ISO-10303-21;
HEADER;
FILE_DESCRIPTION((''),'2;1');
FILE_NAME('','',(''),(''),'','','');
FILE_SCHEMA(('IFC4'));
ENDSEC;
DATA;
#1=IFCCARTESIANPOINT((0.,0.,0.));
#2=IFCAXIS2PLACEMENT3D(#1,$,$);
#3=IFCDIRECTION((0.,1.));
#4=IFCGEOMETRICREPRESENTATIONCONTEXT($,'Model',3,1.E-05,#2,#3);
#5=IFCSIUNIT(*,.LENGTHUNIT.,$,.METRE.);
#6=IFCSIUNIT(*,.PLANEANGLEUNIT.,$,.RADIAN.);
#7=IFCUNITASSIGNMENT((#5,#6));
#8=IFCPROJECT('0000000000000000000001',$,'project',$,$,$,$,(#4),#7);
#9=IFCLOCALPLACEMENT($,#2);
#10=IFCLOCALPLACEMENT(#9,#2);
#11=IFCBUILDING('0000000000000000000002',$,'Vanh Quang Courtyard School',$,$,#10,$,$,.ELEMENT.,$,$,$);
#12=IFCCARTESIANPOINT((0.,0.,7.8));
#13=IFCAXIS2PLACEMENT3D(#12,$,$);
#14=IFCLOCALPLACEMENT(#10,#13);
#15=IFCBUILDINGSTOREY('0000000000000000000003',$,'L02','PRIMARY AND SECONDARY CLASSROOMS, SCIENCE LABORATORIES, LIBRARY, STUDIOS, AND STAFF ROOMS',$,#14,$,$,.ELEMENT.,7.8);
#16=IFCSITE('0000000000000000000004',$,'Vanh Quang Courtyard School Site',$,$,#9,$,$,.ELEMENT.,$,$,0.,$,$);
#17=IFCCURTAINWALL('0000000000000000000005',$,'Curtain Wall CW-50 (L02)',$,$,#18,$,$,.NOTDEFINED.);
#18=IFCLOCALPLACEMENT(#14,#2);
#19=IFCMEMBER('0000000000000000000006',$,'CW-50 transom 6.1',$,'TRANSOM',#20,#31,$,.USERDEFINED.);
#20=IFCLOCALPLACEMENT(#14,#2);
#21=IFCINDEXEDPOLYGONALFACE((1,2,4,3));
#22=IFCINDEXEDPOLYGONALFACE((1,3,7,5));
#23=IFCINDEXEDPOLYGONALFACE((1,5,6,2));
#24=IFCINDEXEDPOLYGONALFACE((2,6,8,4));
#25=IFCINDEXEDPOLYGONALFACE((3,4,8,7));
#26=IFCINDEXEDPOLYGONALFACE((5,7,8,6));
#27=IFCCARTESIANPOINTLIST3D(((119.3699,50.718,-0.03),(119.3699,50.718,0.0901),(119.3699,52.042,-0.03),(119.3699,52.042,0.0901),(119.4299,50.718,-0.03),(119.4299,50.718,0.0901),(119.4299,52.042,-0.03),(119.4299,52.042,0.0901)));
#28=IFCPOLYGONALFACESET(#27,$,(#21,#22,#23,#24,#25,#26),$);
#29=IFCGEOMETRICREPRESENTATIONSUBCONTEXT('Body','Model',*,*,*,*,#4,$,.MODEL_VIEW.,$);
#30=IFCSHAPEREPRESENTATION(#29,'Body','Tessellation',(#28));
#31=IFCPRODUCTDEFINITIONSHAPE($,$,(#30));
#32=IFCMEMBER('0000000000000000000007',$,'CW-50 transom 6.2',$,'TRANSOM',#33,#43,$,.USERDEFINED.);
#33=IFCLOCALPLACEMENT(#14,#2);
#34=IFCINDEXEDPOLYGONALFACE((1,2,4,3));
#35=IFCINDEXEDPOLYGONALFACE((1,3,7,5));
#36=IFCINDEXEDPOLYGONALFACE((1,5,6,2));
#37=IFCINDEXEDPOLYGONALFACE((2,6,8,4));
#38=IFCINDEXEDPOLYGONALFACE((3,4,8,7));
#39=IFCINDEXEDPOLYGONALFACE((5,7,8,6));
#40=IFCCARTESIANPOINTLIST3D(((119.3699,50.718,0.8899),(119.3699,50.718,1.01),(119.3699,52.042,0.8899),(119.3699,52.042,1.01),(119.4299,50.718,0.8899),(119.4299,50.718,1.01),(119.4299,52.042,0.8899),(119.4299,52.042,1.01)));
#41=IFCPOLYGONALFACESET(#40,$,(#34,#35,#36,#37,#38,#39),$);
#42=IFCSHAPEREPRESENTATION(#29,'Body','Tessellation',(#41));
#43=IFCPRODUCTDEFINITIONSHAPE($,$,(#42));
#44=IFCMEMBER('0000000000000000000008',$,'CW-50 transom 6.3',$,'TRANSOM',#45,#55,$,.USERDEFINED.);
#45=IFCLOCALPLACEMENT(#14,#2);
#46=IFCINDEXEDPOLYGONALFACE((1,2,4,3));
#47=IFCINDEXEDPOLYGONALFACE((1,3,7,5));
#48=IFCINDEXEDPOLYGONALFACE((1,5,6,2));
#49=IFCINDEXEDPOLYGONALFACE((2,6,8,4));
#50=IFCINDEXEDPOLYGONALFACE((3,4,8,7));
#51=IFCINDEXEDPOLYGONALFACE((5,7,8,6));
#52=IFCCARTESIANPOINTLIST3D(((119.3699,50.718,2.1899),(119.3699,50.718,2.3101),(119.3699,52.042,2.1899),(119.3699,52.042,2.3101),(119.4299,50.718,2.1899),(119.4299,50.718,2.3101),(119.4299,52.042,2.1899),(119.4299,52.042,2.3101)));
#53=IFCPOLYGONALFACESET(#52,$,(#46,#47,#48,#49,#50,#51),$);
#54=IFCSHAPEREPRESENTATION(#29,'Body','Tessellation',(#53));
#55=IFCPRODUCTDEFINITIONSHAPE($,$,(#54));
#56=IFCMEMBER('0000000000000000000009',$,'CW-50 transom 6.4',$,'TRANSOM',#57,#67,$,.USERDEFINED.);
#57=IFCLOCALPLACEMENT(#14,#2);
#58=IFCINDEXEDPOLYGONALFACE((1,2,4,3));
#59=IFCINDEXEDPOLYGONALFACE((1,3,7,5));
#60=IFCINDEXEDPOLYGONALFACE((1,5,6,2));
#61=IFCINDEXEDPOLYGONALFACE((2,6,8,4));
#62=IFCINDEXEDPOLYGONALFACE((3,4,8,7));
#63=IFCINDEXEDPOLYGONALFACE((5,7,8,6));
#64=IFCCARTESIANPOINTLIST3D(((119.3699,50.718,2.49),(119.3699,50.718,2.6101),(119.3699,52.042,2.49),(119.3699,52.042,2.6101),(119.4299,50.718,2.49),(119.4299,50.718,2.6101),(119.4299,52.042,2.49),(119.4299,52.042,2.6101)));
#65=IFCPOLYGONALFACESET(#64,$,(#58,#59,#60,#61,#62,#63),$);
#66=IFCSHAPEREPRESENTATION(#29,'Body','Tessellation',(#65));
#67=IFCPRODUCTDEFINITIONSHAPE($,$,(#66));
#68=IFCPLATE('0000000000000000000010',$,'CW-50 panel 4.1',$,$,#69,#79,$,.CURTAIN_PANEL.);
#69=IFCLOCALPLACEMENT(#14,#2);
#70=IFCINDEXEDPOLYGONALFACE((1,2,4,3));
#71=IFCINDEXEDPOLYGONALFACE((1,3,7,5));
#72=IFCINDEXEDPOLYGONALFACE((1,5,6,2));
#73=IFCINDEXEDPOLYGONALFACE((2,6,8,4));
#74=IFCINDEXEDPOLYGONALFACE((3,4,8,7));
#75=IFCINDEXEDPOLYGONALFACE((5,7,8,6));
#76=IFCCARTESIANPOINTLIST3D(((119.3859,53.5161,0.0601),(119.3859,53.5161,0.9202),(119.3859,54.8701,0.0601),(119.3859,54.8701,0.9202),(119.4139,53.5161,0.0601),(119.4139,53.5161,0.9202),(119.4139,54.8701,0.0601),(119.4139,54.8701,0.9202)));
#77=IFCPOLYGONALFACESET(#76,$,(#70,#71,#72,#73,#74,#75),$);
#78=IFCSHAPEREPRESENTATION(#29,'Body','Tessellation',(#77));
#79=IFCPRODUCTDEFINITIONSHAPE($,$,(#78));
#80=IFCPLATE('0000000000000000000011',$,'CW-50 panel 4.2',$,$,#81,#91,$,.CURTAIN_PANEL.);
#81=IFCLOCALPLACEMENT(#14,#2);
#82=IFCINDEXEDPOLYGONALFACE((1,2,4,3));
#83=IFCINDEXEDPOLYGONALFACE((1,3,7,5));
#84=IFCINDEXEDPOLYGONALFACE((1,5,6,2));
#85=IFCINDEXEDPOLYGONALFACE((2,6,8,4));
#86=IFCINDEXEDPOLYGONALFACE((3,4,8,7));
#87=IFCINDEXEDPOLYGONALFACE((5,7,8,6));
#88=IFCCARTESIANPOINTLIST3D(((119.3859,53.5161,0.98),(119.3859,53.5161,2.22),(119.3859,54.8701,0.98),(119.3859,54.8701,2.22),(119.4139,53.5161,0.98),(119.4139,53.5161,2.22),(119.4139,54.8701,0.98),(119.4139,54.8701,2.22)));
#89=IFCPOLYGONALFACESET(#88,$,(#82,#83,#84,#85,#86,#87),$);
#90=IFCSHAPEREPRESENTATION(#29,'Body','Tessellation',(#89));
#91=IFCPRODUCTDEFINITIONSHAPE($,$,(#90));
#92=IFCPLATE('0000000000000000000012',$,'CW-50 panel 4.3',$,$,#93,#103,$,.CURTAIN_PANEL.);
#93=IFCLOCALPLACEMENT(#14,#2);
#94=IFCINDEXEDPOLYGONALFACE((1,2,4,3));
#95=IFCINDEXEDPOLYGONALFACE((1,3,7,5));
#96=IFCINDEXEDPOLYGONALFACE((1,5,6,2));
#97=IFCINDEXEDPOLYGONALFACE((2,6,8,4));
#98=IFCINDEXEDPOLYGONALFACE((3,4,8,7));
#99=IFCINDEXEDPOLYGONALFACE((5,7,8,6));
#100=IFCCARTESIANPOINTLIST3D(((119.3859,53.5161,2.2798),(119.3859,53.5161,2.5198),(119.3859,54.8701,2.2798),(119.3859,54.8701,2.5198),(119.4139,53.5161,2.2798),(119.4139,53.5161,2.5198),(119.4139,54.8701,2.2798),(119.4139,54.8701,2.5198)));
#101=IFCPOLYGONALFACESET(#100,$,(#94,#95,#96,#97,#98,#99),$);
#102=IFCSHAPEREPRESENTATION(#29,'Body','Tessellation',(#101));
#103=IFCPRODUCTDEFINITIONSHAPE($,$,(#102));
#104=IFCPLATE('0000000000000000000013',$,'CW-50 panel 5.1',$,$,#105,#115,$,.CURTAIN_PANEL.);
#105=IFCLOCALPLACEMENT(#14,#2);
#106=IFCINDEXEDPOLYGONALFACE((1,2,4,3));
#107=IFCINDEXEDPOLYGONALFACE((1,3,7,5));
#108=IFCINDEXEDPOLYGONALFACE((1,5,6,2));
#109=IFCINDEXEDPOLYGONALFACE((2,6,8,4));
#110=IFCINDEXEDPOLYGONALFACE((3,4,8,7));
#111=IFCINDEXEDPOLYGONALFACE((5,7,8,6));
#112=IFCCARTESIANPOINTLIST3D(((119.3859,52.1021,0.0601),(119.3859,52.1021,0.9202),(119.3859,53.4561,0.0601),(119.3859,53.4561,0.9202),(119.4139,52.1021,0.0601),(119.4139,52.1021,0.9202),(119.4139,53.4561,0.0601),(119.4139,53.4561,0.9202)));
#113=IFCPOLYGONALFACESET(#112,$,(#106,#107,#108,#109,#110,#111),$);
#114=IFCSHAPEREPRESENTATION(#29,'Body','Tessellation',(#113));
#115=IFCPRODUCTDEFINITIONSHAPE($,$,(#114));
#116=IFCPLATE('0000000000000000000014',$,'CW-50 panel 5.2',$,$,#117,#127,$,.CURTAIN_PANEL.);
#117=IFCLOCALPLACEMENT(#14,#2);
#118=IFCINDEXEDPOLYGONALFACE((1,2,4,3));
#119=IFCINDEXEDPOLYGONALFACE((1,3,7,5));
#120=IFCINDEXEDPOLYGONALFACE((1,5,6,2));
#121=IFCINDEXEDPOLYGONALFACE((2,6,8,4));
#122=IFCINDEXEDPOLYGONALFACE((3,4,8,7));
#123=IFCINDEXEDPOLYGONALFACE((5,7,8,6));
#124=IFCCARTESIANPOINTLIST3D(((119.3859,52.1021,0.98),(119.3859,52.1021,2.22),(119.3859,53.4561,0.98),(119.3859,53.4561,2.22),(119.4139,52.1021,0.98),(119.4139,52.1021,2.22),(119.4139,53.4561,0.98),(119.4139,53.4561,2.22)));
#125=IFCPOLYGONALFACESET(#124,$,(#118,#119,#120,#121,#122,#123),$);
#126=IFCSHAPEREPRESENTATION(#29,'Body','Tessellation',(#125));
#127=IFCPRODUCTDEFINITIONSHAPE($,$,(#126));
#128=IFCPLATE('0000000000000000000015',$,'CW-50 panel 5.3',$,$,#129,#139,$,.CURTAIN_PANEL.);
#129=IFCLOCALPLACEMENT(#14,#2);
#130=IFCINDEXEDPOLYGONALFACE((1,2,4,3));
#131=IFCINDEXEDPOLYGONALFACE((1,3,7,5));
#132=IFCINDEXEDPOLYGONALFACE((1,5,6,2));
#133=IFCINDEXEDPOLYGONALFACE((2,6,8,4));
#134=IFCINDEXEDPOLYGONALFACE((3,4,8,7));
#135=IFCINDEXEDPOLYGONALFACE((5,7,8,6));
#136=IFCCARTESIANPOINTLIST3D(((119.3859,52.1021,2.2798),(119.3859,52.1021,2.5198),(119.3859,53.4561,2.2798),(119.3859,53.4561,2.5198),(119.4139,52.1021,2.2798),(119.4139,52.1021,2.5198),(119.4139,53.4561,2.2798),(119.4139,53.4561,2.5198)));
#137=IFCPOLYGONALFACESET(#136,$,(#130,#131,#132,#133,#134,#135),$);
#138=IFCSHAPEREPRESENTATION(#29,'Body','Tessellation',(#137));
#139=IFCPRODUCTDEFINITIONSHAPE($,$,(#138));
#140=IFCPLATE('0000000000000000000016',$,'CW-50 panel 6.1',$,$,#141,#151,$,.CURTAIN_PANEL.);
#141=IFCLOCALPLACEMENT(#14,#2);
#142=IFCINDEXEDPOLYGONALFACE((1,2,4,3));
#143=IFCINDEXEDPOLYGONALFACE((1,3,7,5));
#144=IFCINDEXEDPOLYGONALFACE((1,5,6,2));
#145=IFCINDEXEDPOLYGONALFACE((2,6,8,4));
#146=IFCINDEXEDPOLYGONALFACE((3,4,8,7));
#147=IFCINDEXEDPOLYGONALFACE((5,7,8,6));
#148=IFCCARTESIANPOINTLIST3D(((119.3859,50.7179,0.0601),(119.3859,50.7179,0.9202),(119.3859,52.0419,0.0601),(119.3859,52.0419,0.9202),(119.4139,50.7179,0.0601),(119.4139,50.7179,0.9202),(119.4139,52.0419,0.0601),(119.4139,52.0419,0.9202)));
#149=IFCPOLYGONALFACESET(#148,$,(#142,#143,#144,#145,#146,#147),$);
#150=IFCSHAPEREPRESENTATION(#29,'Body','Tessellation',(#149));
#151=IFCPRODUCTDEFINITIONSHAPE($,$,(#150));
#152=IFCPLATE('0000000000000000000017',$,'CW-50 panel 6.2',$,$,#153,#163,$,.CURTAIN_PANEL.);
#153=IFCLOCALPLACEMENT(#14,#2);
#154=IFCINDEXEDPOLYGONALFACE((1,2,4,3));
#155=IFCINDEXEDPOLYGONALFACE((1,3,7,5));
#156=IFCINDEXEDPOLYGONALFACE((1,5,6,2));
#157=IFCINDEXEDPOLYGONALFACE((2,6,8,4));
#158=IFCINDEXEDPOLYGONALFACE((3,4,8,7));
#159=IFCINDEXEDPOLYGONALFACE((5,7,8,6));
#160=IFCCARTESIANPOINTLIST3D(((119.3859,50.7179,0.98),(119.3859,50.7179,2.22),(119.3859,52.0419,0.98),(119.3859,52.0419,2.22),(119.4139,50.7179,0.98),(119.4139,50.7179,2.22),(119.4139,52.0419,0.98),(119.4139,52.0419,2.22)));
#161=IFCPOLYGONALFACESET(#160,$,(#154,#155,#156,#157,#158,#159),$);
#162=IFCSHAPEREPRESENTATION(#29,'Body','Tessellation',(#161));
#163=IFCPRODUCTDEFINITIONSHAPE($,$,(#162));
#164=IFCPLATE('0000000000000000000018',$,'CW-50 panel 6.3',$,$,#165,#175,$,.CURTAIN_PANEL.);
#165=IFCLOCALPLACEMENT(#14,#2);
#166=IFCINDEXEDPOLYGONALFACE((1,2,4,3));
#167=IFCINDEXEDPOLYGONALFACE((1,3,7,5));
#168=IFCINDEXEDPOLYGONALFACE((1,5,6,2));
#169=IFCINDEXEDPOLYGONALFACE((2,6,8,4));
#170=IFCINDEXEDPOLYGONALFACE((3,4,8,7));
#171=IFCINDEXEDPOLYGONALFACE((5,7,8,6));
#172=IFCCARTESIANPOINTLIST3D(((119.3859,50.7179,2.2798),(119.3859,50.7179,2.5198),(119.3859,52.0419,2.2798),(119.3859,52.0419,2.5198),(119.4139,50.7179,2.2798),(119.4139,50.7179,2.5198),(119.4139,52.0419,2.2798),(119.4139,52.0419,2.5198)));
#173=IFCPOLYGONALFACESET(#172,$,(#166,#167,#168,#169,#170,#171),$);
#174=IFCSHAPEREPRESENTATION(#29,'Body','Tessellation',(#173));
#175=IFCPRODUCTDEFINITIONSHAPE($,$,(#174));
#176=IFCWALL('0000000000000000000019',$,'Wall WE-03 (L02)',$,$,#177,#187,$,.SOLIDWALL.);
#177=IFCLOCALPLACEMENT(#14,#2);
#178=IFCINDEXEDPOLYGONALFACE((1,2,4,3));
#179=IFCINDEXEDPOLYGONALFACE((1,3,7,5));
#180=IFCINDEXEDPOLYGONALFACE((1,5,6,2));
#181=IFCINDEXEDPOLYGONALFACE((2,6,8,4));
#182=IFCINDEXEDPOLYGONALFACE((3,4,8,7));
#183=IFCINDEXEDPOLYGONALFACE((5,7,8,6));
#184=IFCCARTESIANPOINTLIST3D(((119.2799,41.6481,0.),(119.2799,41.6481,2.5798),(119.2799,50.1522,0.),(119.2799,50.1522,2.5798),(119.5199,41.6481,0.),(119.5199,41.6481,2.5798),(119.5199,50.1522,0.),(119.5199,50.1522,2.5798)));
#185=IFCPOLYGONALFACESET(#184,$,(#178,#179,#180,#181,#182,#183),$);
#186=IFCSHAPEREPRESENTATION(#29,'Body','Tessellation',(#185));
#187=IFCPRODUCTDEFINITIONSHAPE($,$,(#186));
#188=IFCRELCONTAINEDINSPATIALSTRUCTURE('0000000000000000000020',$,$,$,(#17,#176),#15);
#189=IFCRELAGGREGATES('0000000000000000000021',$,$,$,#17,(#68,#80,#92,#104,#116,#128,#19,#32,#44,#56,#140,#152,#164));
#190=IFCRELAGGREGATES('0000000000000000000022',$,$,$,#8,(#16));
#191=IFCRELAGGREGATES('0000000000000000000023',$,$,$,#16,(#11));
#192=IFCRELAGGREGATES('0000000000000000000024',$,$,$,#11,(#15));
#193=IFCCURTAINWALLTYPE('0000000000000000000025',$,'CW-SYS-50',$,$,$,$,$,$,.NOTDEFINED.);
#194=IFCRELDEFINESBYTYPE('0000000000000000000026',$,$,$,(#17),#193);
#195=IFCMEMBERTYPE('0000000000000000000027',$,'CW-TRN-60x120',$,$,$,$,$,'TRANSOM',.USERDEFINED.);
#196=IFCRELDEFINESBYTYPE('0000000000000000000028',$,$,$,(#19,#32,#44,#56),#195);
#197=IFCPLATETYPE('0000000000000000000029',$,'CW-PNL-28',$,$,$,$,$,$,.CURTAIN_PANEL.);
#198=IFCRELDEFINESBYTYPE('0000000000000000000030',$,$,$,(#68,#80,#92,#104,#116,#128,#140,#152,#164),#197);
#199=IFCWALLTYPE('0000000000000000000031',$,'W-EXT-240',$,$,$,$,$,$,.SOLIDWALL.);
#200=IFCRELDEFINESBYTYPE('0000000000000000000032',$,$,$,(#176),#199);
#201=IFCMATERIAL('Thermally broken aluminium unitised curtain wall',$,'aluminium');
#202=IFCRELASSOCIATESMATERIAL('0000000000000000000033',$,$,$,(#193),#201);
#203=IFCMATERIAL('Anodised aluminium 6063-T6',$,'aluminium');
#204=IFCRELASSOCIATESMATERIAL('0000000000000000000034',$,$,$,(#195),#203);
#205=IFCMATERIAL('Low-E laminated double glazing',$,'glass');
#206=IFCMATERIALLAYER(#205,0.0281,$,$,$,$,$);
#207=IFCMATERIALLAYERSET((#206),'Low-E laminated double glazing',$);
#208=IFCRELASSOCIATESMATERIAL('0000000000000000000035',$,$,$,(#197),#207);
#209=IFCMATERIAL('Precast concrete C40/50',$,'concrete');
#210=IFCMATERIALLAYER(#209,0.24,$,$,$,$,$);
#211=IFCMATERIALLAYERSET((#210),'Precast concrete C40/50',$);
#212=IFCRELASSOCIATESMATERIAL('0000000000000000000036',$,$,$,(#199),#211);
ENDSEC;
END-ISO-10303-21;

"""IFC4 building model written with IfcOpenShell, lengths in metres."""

from ifc_helpers import new_model, si_unit, direction, frame, frame_2d, origin, origin_2d, place, context, subcontext, project, spatial, rectangle, extrude, material, layer, layer_set, material_profile, profile_set, type_object, element, aggregate, save


model = new_model("IFC4")

# Units and contexts
model_context = context("Model", 3, precision=1e-05, world=origin(), true_north=direction((0.0, 1.0)))
body_context = subcontext(model_context, "Body", "Model", "MODEL_VIEW")
ifc_project = project(units=[si_unit("LENGTHUNIT", "METRE"), si_unit("PLANEANGLEUNIT", "RADIAN")], contexts=[model_context])

# Site, building, storey
site_placement = place(None, origin())
site = spatial("IfcSite", under=ifc_project, at=site_placement, Name="Vanh Quang Courtyard School Site", CompositionType="ELEMENT", RefElevation=0.0)
building_placement = place(site_placement, origin())
building = spatial("IfcBuilding", under=site, at=building_placement, Name="Vanh Quang Courtyard School", CompositionType="ELEMENT")
storey_placement = place(building_placement, frame((0.0, 0.0, 7.8)))
storey = spatial("IfcBuildingStorey", under=building, at=storey_placement, Name="L02", Description="PRIMARY AND SECONDARY CLASSROOMS, SCIENCE LABORATORIES, LIBRARY, STUDIOS, AND STAFF ROOMS", CompositionType="ELEMENT", Elevation=7.8)

# Curtain wall, members, plates
ifc_material_1 = material(Name="Thermally broken aluminium unitised curtain wall", Category="aluminium")
curtain_wall_type = type_object("IfcCurtainWallType", Name="CW-SYS-50", PredefinedType="NOTDEFINED", material=ifc_material_1)
curtain_wall_placement = place(storey_placement, origin())
curtain_wall = element("IfcCurtainWall", 1, at=curtain_wall_placement, inside=storey, type_object=curtain_wall_type, Name="Curtain Wall CW-50 (L02)", PredefinedType="NOTDEFINED")
ifc_material_2 = material(Name="Anodised aluminium 6063-T6", Category="aluminium")
ifc_material_profile_1 = material_profile(ifc_material_2, rectangle(XDim=0.0601, YDim=0.1201, at=origin_2d()), Name="ALU-TRN 60x120")
ifc_profile_set_1 = profile_set([ifc_material_profile_1], Name="Anodised aluminium 6063-T6")
member_type_1 = type_object("IfcMemberType", Name="CW-TRN-60x120", ElementType="TRANSOM", PredefinedType="USERDEFINED", material=ifc_profile_set_1)
member_1_placement = place(storey_placement, frame((119.3999, 52.042, 0.03), z_axis=(0.0, -1.0, 0.0), x_axis=(1.0, 0.0, 0.0)))
member_1 = element("IfcMember", 2, at=member_1_placement, type_object=member_type_1, Name="CW-50 transom 6.1", ObjectType="TRANSOM", PredefinedType="USERDEFINED", context=body_context, shape_type="SweptSolid", body=[
    extrude(rectangle(XDim=0.0601, YDim=0.1201, at=origin_2d()), origin(), (0.0, 0.0, 1.0), 1.324),
])
member_2_placement = place(storey_placement, frame((119.3999, 52.042, 0.95), z_axis=(0.0, -1.0, 0.0), x_axis=(1.0, 0.0, 0.0)))
member_2 = element("IfcMember", 3, at=member_2_placement, type_object=member_type_1, Name="CW-50 transom 6.2", ObjectType="TRANSOM", PredefinedType="USERDEFINED", context=body_context, shape_type="SweptSolid", body=[
    extrude(rectangle(XDim=0.0601, YDim=0.1201, at=origin_2d()), origin(), (0.0, 0.0, 1.0), 1.324),
])
member_3_placement = place(storey_placement, frame((119.3999, 52.042, 2.25), z_axis=(0.0, -1.0, 0.0), x_axis=(1.0, 0.0, 0.0)))
member_3 = element("IfcMember", 4, at=member_3_placement, type_object=member_type_1, Name="CW-50 transom 6.3", ObjectType="TRANSOM", PredefinedType="USERDEFINED", context=body_context, shape_type="SweptSolid", body=[
    extrude(rectangle(XDim=0.0601, YDim=0.1201, at=origin_2d()), origin(), (0.0, 0.0, 1.0), 1.324),
])
member_4_placement = place(storey_placement, frame((119.3999, 52.042, 2.55), z_axis=(0.0, -1.0, 0.0), x_axis=(1.0, 0.0, 0.0)))
member_4 = element("IfcMember", 5, at=member_4_placement, type_object=member_type_1, Name="CW-50 transom 6.4", ObjectType="TRANSOM", PredefinedType="USERDEFINED", context=body_context, shape_type="SweptSolid", body=[
    extrude(rectangle(XDim=0.0601, YDim=0.1201, at=origin_2d()), origin(), (0.0, 0.0, 1.0), 1.324),
])
ifc_material_3 = material(Name="Low-E laminated double glazing", Category="glass")
ifc_layer_1 = layer(ifc_material_3, 0.0281)
ifc_layer_set_1 = layer_set([ifc_layer_1], Name="Low-E laminated double glazing")
plate_type = type_object("IfcPlateType", Name="CW-PNL-28", PredefinedType="CURTAIN_PANEL", material=ifc_layer_set_1)
plate_1_placement = place(storey_placement, frame((119.3999, 54.1931, 0.0601), z_axis=(0.0, 0.0, 1.0), x_axis=(0.0, -1.0, 0.0)))
plate_1 = element("IfcPlate", 6, at=plate_1_placement, type_object=plate_type, Name="CW-50 panel 4.1", PredefinedType="CURTAIN_PANEL", context=body_context, shape_type="SweptSolid", body=[
    extrude(rectangle(XDim=1.354, YDim=0.0281, at=origin_2d()), origin(), (0.0, 0.0, 1.0), 0.8601),
])
plate_2_placement = place(storey_placement, frame((119.3999, 54.1931, 0.98), z_axis=(0.0, 0.0, 1.0), x_axis=(0.0, -1.0, 0.0)))
plate_2 = element("IfcPlate", 7, at=plate_2_placement, type_object=plate_type, Name="CW-50 panel 4.2", PredefinedType="CURTAIN_PANEL", context=body_context, shape_type="SweptSolid", body=[
    extrude(rectangle(XDim=1.354, YDim=0.0281, at=origin_2d()), origin(), (0.0, 0.0, 1.0), 1.24),
])
plate_3_placement = place(storey_placement, frame((119.3999, 54.1931, 2.2798), z_axis=(0.0, 0.0, 1.0), x_axis=(0.0, -1.0, 0.0)))
plate_3 = element("IfcPlate", 8, at=plate_3_placement, type_object=plate_type, Name="CW-50 panel 4.3", PredefinedType="CURTAIN_PANEL", context=body_context, shape_type="SweptSolid", body=[
    extrude(rectangle(XDim=1.354, YDim=0.0281, at=origin_2d()), origin(), (0.0, 0.0, 1.0), 0.24),
])
plate_4_placement = place(storey_placement, frame((119.3999, 52.7791, 0.0601), z_axis=(0.0, 0.0, 1.0), x_axis=(0.0, -1.0, 0.0)))
plate_4 = element("IfcPlate", 9, at=plate_4_placement, type_object=plate_type, Name="CW-50 panel 5.1", PredefinedType="CURTAIN_PANEL", context=body_context, shape_type="SweptSolid", body=[
    extrude(rectangle(XDim=1.354, YDim=0.0281, at=origin_2d()), origin(), (0.0, 0.0, 1.0), 0.8601),
])
plate_5_placement = place(storey_placement, frame((119.3999, 52.7791, 0.98), z_axis=(0.0, 0.0, 1.0), x_axis=(0.0, -1.0, 0.0)))
plate_5 = element("IfcPlate", 10, at=plate_5_placement, type_object=plate_type, Name="CW-50 panel 5.2", PredefinedType="CURTAIN_PANEL", context=body_context, shape_type="SweptSolid", body=[
    extrude(rectangle(XDim=1.354, YDim=0.0281, at=origin_2d()), origin(), (0.0, 0.0, 1.0), 1.24),
])
plate_6_placement = place(storey_placement, frame((119.3999, 52.7791, 2.2798), z_axis=(0.0, 0.0, 1.0), x_axis=(0.0, -1.0, 0.0)))
plate_6 = element("IfcPlate", 11, at=plate_6_placement, type_object=plate_type, Name="CW-50 panel 5.3", PredefinedType="CURTAIN_PANEL", context=body_context, shape_type="SweptSolid", body=[
    extrude(rectangle(XDim=1.354, YDim=0.0281, at=origin_2d()), origin(), (0.0, 0.0, 1.0), 0.24),
])
plate_7_placement = place(storey_placement, frame((119.3999, 51.3799, 0.0601), z_axis=(0.0, 0.0, 1.0), x_axis=(0.0, -1.0, 0.0)))
plate_7 = element("IfcPlate", 12, at=plate_7_placement, type_object=plate_type, Name="CW-50 panel 6.1", PredefinedType="CURTAIN_PANEL", context=body_context, shape_type="SweptSolid", body=[
    extrude(rectangle(XDim=1.324, YDim=0.0281, at=origin_2d()), origin(), (0.0, 0.0, 1.0), 0.8601),
])
plate_8_placement = place(storey_placement, frame((119.3999, 51.3799, 0.98), z_axis=(0.0, 0.0, 1.0), x_axis=(0.0, -1.0, 0.0)))
plate_8 = element("IfcPlate", 13, at=plate_8_placement, type_object=plate_type, Name="CW-50 panel 6.2", PredefinedType="CURTAIN_PANEL", context=body_context, shape_type="SweptSolid", body=[
    extrude(rectangle(XDim=1.324, YDim=0.0281, at=origin_2d()), origin(), (0.0, 0.0, 1.0), 1.24),
])
plate_9_placement = place(storey_placement, frame((119.3999, 51.3799, 2.2798), z_axis=(0.0, 0.0, 1.0), x_axis=(0.0, -1.0, 0.0)))
plate_9 = element("IfcPlate", 14, at=plate_9_placement, type_object=plate_type, Name="CW-50 panel 6.3", PredefinedType="CURTAIN_PANEL", context=body_context, shape_type="SweptSolid", body=[
    extrude(rectangle(XDim=1.324, YDim=0.0281, at=origin_2d()), origin(), (0.0, 0.0, 1.0), 0.24),
])
aggregate(curtain_wall, [plate_1, plate_2, plate_3, plate_4, plate_5, plate_6, member_1, member_2, member_3, member_4, plate_7, plate_8, plate_9])

# Wall
ifc_material_4 = material(Name="Precast concrete C40/50", Category="concrete")
ifc_layer_2 = layer(ifc_material_4, 0.24)
ifc_layer_set_2 = layer_set([ifc_layer_2], Name="Precast concrete C40/50")
wall_type = type_object("IfcWallType", Name="W-EXT-240", PredefinedType="SOLIDWALL", material=ifc_layer_set_2)
wall_placement = place(storey_placement, frame((119.3999, 50.1521, 0.0), z_axis=(0.0, 0.0, 1.0), x_axis=(0.0, -1.0, 0.0)))
element("IfcWall", 15, at=wall_placement, inside=storey, type_object=wall_type, Name="Wall WE-03 (L02)", PredefinedType="SOLIDWALL", context=body_context, shape_type="SweptSolid", body=[
    extrude(rectangle(XDim=8.5042, YDim=0.24, at=frame_2d((4.252, 0.0))), origin(), (0.0, 0.0, 1.0), 2.5798),
])

save(model, "model.ifc")
